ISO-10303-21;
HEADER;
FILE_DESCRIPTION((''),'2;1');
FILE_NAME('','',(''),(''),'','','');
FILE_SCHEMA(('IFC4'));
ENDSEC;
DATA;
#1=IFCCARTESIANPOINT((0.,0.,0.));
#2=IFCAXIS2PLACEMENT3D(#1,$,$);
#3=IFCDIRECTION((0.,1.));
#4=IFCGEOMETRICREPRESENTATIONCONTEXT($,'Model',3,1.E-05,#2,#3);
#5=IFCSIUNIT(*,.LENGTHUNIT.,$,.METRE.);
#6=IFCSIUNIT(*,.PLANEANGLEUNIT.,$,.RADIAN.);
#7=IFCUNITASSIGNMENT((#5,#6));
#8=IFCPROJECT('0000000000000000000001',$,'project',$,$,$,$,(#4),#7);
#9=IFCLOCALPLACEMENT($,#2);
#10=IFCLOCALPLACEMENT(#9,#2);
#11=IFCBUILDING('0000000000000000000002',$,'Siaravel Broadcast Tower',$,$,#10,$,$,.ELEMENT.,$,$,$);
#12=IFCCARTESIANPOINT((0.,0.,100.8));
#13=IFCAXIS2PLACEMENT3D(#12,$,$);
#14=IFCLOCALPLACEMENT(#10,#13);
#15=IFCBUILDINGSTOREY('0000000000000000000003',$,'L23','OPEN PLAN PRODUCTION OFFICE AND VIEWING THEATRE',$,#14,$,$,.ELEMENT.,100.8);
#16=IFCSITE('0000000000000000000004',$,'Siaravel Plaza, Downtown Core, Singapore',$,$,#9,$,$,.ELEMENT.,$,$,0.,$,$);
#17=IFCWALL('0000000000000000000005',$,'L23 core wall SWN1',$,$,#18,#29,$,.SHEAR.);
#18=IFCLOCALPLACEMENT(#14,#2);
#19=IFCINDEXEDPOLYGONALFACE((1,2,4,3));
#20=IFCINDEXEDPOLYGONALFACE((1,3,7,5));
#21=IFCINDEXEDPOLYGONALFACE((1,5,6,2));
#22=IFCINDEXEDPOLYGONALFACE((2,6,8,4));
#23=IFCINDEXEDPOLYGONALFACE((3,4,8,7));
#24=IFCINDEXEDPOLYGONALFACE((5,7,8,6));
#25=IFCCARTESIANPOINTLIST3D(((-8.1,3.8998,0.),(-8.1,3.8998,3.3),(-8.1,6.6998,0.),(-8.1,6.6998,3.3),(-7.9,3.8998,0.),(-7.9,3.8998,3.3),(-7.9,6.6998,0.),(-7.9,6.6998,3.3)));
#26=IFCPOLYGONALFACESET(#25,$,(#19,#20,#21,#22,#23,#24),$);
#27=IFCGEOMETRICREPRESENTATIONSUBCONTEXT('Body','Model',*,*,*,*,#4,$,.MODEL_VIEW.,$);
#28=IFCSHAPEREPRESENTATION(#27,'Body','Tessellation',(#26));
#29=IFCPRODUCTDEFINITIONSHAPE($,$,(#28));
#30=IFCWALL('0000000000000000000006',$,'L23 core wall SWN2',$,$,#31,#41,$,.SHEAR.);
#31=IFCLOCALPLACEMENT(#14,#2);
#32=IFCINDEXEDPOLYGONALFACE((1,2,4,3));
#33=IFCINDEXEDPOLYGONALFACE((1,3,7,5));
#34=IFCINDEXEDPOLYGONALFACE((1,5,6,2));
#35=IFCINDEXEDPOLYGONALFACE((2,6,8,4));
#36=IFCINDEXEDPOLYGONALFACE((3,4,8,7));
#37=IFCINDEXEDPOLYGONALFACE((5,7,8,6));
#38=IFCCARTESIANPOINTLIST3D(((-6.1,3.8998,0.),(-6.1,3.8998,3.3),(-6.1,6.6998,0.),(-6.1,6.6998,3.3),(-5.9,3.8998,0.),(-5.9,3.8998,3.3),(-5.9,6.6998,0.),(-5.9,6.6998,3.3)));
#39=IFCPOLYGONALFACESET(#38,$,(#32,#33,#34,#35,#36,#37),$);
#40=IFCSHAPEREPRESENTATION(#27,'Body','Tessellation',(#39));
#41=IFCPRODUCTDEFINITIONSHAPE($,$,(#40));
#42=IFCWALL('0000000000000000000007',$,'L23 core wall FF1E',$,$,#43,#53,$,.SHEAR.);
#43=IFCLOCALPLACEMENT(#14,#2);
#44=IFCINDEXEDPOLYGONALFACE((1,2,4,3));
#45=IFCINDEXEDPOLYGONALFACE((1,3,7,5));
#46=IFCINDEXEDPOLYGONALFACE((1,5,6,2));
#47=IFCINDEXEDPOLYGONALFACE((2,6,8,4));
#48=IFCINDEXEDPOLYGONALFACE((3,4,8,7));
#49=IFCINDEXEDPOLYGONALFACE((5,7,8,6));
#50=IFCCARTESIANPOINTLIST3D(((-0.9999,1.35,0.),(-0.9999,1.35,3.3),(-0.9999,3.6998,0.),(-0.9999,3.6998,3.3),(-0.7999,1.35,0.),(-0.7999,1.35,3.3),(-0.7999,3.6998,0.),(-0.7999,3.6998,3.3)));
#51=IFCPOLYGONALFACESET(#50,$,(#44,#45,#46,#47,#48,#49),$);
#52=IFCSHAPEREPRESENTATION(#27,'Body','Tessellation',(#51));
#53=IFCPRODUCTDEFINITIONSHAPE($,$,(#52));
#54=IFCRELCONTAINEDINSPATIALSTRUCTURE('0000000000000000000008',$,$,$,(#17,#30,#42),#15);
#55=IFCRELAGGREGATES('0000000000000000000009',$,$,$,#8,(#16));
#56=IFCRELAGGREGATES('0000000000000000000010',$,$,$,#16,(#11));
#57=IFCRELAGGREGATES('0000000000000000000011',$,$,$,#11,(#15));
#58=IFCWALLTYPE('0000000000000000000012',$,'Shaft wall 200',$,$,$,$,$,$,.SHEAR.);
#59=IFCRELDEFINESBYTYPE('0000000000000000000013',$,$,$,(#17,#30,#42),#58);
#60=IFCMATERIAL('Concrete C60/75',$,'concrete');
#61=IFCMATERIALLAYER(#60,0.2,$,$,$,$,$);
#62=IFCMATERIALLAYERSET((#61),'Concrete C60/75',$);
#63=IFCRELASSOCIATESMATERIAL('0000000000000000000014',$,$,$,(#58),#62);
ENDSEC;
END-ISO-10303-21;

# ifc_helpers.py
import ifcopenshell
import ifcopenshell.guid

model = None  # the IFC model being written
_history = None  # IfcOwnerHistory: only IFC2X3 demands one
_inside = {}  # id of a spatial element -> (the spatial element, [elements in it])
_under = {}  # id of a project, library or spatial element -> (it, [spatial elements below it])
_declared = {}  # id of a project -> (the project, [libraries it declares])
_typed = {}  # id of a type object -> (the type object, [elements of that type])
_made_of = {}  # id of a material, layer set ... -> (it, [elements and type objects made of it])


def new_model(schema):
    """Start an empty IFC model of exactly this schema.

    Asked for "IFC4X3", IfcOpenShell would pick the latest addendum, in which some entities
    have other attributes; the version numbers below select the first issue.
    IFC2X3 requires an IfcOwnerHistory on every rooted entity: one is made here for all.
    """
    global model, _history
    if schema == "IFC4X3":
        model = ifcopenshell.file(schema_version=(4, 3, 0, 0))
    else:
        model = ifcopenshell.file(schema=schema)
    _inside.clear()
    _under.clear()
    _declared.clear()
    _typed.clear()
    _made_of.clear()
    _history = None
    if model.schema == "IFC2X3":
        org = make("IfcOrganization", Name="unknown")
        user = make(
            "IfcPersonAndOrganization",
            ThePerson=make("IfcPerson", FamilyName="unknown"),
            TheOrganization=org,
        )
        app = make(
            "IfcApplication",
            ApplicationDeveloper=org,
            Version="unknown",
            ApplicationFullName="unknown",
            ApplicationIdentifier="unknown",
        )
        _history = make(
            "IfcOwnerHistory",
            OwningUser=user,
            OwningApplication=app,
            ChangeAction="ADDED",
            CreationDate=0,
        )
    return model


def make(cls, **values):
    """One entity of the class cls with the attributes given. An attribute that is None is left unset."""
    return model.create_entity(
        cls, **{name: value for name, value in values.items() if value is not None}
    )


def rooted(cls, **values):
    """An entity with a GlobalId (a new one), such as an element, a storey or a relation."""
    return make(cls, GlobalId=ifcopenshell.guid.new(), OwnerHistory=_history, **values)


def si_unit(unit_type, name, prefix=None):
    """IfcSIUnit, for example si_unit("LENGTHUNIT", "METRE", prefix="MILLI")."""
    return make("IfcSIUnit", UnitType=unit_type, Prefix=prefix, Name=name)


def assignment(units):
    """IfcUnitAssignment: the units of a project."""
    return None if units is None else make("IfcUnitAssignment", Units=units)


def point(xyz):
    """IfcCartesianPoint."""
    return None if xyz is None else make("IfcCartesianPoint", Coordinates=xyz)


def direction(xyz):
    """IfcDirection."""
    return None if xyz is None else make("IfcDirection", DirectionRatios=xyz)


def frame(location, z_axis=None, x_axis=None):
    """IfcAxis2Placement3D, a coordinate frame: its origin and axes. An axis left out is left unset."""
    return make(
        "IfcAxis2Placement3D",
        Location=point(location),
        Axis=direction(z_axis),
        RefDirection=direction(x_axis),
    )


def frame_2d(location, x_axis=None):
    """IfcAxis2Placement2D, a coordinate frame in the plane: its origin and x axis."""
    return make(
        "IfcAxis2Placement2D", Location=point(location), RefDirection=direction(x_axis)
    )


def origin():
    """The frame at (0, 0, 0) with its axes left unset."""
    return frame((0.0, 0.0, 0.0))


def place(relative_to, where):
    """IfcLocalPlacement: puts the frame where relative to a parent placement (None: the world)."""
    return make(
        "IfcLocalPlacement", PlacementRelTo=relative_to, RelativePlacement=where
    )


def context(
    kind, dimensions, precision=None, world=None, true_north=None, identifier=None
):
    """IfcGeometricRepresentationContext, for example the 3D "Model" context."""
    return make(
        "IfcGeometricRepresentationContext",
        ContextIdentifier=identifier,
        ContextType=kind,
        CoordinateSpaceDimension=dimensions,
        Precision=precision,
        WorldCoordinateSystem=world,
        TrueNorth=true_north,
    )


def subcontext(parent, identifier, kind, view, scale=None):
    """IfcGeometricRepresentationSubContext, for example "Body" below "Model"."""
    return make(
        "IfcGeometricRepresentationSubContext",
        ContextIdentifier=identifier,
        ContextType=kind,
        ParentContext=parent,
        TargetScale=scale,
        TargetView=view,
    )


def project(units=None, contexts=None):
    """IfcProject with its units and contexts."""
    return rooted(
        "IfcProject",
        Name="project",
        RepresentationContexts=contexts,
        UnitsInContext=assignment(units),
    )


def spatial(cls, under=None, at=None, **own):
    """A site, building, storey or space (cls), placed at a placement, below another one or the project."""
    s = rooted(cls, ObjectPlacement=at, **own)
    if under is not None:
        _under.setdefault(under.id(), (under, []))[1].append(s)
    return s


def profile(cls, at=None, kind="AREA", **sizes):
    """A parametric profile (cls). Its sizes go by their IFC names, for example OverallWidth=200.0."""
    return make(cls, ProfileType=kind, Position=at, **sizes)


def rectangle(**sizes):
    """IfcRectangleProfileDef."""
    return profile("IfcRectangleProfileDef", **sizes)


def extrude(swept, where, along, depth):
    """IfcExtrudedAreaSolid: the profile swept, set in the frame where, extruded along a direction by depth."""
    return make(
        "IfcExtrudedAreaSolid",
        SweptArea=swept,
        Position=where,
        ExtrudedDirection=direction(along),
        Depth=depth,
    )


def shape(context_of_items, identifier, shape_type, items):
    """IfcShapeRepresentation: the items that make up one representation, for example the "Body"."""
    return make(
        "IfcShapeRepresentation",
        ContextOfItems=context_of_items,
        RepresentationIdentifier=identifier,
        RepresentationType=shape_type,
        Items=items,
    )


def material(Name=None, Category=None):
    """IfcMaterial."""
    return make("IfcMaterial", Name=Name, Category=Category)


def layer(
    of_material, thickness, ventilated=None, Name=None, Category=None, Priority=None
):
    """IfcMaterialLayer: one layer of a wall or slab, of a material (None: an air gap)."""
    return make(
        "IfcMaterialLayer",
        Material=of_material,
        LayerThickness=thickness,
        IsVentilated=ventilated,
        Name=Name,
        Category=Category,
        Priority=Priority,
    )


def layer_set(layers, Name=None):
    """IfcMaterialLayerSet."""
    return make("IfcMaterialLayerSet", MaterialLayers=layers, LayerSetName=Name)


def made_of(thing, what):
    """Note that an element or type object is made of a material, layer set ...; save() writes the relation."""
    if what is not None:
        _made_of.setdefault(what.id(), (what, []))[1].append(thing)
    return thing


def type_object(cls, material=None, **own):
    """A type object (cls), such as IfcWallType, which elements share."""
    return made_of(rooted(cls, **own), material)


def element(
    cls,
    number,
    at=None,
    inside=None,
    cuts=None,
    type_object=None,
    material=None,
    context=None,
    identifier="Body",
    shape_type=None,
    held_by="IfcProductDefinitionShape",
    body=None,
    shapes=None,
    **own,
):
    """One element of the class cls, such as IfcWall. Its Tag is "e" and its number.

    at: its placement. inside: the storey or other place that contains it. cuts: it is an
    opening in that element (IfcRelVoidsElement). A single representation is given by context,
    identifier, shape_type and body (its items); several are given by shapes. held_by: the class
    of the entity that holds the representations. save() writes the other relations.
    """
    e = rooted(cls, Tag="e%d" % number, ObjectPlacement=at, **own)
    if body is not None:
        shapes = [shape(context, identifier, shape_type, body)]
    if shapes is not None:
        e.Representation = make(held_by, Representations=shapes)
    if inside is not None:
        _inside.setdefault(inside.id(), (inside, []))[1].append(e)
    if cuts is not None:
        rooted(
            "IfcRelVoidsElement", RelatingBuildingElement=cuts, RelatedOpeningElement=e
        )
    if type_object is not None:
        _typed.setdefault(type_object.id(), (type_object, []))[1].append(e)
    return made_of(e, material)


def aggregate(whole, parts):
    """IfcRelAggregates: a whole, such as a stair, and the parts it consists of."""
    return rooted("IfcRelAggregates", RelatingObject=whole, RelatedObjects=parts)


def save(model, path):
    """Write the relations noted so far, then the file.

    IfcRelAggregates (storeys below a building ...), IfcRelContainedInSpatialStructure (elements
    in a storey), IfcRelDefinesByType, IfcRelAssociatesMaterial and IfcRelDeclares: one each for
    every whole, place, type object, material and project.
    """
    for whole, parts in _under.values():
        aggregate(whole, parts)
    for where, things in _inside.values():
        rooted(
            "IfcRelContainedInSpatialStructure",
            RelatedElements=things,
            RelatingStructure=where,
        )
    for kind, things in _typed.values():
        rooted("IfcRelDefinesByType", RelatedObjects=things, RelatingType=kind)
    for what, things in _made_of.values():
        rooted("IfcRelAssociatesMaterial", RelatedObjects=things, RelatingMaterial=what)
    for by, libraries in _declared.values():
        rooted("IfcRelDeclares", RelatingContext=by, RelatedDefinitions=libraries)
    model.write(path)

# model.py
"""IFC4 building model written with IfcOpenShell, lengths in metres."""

from ifc_helpers import new_model, si_unit, direction, frame, frame_2d, origin, place, context, subcontext, project, spatial, rectangle, extrude, material, layer, layer_set, type_object, element, save


model = new_model("IFC4")

# Units and contexts
model_context = context("Model", 3, precision=1e-05, world=origin(), true_north=direction((0.0, 1.0)))
body_context = subcontext(model_context, "Body", "Model", "MODEL_VIEW")
ifc_project = project(units=[si_unit("LENGTHUNIT", "METRE"), si_unit("PLANEANGLEUNIT", "RADIAN")], contexts=[model_context])

# Site, building, storey
site_placement = place(None, origin())
site = spatial("IfcSite", under=ifc_project, at=site_placement, Name="Siaravel Plaza, Downtown Core, Singapore", CompositionType="ELEMENT", RefElevation=0.0)
building_placement = place(site_placement, origin())
building = spatial("IfcBuilding", under=site, at=building_placement, Name="Siaravel Broadcast Tower", CompositionType="ELEMENT")
storey_placement = place(building_placement, frame((0.0, 0.0, 100.8)))
storey = spatial("IfcBuildingStorey", under=building, at=storey_placement, Name="L23", Description="OPEN PLAN PRODUCTION OFFICE AND VIEWING THEATRE", CompositionType="ELEMENT", Elevation=100.8)

# Shared definitions
ifc_material_1 = material(Name="Concrete C60/75", Category="concrete")

# Walls
ifc_layer_1 = layer(ifc_material_1, 0.2)
ifc_layer_set_1 = layer_set([ifc_layer_1], Name="Concrete C60/75")
wall_type_1 = type_object("IfcWallType", Name="Shaft wall 200", PredefinedType="SHEAR", material=ifc_layer_set_1)
for number, where, z_axis, x_axis, name in (
    (1, (-8.0, 3.8999, 0.0), (0.0, 0.0, 1.0), (0.0, 1.0, 0.0), "L23 core wall SWN1"),
    (2, (-6.0, 3.8999, 0.0), (0.0, 0.0, 1.0), (0.0, 1.0, 0.0), "L23 core wall SWN2"),
):
    element("IfcWall", number, at=place(storey_placement, frame(where, z_axis=z_axis, x_axis=x_axis)), inside=storey, type_object=wall_type_1, Name=name, PredefinedType="SHEAR", context=body_context, shape_type="SweptSolid", body=[
        extrude(rectangle(XDim=2.8, YDim=0.2, at=frame_2d((1.3999, 0.0))), origin(), (0.0, 0.0, 1.0), 3.3),
    ])
wall_1_placement = place(storey_placement, frame((-0.8999, 1.3501, 0.0), z_axis=(0.0, 0.0, 1.0), x_axis=(0.0, 1.0, 0.0)))
element("IfcWall", 3, at=wall_1_placement, inside=storey, type_object=wall_type_1, Name="L23 core wall FF1E", PredefinedType="SHEAR", context=body_context, shape_type="SweptSolid", body=[
    extrude(rectangle(XDim=2.3499, YDim=0.2, at=frame_2d((1.1748, 0.0))), origin(), (0.0, 0.0, 1.0), 3.3),
])

save(model, "model.ifc")
